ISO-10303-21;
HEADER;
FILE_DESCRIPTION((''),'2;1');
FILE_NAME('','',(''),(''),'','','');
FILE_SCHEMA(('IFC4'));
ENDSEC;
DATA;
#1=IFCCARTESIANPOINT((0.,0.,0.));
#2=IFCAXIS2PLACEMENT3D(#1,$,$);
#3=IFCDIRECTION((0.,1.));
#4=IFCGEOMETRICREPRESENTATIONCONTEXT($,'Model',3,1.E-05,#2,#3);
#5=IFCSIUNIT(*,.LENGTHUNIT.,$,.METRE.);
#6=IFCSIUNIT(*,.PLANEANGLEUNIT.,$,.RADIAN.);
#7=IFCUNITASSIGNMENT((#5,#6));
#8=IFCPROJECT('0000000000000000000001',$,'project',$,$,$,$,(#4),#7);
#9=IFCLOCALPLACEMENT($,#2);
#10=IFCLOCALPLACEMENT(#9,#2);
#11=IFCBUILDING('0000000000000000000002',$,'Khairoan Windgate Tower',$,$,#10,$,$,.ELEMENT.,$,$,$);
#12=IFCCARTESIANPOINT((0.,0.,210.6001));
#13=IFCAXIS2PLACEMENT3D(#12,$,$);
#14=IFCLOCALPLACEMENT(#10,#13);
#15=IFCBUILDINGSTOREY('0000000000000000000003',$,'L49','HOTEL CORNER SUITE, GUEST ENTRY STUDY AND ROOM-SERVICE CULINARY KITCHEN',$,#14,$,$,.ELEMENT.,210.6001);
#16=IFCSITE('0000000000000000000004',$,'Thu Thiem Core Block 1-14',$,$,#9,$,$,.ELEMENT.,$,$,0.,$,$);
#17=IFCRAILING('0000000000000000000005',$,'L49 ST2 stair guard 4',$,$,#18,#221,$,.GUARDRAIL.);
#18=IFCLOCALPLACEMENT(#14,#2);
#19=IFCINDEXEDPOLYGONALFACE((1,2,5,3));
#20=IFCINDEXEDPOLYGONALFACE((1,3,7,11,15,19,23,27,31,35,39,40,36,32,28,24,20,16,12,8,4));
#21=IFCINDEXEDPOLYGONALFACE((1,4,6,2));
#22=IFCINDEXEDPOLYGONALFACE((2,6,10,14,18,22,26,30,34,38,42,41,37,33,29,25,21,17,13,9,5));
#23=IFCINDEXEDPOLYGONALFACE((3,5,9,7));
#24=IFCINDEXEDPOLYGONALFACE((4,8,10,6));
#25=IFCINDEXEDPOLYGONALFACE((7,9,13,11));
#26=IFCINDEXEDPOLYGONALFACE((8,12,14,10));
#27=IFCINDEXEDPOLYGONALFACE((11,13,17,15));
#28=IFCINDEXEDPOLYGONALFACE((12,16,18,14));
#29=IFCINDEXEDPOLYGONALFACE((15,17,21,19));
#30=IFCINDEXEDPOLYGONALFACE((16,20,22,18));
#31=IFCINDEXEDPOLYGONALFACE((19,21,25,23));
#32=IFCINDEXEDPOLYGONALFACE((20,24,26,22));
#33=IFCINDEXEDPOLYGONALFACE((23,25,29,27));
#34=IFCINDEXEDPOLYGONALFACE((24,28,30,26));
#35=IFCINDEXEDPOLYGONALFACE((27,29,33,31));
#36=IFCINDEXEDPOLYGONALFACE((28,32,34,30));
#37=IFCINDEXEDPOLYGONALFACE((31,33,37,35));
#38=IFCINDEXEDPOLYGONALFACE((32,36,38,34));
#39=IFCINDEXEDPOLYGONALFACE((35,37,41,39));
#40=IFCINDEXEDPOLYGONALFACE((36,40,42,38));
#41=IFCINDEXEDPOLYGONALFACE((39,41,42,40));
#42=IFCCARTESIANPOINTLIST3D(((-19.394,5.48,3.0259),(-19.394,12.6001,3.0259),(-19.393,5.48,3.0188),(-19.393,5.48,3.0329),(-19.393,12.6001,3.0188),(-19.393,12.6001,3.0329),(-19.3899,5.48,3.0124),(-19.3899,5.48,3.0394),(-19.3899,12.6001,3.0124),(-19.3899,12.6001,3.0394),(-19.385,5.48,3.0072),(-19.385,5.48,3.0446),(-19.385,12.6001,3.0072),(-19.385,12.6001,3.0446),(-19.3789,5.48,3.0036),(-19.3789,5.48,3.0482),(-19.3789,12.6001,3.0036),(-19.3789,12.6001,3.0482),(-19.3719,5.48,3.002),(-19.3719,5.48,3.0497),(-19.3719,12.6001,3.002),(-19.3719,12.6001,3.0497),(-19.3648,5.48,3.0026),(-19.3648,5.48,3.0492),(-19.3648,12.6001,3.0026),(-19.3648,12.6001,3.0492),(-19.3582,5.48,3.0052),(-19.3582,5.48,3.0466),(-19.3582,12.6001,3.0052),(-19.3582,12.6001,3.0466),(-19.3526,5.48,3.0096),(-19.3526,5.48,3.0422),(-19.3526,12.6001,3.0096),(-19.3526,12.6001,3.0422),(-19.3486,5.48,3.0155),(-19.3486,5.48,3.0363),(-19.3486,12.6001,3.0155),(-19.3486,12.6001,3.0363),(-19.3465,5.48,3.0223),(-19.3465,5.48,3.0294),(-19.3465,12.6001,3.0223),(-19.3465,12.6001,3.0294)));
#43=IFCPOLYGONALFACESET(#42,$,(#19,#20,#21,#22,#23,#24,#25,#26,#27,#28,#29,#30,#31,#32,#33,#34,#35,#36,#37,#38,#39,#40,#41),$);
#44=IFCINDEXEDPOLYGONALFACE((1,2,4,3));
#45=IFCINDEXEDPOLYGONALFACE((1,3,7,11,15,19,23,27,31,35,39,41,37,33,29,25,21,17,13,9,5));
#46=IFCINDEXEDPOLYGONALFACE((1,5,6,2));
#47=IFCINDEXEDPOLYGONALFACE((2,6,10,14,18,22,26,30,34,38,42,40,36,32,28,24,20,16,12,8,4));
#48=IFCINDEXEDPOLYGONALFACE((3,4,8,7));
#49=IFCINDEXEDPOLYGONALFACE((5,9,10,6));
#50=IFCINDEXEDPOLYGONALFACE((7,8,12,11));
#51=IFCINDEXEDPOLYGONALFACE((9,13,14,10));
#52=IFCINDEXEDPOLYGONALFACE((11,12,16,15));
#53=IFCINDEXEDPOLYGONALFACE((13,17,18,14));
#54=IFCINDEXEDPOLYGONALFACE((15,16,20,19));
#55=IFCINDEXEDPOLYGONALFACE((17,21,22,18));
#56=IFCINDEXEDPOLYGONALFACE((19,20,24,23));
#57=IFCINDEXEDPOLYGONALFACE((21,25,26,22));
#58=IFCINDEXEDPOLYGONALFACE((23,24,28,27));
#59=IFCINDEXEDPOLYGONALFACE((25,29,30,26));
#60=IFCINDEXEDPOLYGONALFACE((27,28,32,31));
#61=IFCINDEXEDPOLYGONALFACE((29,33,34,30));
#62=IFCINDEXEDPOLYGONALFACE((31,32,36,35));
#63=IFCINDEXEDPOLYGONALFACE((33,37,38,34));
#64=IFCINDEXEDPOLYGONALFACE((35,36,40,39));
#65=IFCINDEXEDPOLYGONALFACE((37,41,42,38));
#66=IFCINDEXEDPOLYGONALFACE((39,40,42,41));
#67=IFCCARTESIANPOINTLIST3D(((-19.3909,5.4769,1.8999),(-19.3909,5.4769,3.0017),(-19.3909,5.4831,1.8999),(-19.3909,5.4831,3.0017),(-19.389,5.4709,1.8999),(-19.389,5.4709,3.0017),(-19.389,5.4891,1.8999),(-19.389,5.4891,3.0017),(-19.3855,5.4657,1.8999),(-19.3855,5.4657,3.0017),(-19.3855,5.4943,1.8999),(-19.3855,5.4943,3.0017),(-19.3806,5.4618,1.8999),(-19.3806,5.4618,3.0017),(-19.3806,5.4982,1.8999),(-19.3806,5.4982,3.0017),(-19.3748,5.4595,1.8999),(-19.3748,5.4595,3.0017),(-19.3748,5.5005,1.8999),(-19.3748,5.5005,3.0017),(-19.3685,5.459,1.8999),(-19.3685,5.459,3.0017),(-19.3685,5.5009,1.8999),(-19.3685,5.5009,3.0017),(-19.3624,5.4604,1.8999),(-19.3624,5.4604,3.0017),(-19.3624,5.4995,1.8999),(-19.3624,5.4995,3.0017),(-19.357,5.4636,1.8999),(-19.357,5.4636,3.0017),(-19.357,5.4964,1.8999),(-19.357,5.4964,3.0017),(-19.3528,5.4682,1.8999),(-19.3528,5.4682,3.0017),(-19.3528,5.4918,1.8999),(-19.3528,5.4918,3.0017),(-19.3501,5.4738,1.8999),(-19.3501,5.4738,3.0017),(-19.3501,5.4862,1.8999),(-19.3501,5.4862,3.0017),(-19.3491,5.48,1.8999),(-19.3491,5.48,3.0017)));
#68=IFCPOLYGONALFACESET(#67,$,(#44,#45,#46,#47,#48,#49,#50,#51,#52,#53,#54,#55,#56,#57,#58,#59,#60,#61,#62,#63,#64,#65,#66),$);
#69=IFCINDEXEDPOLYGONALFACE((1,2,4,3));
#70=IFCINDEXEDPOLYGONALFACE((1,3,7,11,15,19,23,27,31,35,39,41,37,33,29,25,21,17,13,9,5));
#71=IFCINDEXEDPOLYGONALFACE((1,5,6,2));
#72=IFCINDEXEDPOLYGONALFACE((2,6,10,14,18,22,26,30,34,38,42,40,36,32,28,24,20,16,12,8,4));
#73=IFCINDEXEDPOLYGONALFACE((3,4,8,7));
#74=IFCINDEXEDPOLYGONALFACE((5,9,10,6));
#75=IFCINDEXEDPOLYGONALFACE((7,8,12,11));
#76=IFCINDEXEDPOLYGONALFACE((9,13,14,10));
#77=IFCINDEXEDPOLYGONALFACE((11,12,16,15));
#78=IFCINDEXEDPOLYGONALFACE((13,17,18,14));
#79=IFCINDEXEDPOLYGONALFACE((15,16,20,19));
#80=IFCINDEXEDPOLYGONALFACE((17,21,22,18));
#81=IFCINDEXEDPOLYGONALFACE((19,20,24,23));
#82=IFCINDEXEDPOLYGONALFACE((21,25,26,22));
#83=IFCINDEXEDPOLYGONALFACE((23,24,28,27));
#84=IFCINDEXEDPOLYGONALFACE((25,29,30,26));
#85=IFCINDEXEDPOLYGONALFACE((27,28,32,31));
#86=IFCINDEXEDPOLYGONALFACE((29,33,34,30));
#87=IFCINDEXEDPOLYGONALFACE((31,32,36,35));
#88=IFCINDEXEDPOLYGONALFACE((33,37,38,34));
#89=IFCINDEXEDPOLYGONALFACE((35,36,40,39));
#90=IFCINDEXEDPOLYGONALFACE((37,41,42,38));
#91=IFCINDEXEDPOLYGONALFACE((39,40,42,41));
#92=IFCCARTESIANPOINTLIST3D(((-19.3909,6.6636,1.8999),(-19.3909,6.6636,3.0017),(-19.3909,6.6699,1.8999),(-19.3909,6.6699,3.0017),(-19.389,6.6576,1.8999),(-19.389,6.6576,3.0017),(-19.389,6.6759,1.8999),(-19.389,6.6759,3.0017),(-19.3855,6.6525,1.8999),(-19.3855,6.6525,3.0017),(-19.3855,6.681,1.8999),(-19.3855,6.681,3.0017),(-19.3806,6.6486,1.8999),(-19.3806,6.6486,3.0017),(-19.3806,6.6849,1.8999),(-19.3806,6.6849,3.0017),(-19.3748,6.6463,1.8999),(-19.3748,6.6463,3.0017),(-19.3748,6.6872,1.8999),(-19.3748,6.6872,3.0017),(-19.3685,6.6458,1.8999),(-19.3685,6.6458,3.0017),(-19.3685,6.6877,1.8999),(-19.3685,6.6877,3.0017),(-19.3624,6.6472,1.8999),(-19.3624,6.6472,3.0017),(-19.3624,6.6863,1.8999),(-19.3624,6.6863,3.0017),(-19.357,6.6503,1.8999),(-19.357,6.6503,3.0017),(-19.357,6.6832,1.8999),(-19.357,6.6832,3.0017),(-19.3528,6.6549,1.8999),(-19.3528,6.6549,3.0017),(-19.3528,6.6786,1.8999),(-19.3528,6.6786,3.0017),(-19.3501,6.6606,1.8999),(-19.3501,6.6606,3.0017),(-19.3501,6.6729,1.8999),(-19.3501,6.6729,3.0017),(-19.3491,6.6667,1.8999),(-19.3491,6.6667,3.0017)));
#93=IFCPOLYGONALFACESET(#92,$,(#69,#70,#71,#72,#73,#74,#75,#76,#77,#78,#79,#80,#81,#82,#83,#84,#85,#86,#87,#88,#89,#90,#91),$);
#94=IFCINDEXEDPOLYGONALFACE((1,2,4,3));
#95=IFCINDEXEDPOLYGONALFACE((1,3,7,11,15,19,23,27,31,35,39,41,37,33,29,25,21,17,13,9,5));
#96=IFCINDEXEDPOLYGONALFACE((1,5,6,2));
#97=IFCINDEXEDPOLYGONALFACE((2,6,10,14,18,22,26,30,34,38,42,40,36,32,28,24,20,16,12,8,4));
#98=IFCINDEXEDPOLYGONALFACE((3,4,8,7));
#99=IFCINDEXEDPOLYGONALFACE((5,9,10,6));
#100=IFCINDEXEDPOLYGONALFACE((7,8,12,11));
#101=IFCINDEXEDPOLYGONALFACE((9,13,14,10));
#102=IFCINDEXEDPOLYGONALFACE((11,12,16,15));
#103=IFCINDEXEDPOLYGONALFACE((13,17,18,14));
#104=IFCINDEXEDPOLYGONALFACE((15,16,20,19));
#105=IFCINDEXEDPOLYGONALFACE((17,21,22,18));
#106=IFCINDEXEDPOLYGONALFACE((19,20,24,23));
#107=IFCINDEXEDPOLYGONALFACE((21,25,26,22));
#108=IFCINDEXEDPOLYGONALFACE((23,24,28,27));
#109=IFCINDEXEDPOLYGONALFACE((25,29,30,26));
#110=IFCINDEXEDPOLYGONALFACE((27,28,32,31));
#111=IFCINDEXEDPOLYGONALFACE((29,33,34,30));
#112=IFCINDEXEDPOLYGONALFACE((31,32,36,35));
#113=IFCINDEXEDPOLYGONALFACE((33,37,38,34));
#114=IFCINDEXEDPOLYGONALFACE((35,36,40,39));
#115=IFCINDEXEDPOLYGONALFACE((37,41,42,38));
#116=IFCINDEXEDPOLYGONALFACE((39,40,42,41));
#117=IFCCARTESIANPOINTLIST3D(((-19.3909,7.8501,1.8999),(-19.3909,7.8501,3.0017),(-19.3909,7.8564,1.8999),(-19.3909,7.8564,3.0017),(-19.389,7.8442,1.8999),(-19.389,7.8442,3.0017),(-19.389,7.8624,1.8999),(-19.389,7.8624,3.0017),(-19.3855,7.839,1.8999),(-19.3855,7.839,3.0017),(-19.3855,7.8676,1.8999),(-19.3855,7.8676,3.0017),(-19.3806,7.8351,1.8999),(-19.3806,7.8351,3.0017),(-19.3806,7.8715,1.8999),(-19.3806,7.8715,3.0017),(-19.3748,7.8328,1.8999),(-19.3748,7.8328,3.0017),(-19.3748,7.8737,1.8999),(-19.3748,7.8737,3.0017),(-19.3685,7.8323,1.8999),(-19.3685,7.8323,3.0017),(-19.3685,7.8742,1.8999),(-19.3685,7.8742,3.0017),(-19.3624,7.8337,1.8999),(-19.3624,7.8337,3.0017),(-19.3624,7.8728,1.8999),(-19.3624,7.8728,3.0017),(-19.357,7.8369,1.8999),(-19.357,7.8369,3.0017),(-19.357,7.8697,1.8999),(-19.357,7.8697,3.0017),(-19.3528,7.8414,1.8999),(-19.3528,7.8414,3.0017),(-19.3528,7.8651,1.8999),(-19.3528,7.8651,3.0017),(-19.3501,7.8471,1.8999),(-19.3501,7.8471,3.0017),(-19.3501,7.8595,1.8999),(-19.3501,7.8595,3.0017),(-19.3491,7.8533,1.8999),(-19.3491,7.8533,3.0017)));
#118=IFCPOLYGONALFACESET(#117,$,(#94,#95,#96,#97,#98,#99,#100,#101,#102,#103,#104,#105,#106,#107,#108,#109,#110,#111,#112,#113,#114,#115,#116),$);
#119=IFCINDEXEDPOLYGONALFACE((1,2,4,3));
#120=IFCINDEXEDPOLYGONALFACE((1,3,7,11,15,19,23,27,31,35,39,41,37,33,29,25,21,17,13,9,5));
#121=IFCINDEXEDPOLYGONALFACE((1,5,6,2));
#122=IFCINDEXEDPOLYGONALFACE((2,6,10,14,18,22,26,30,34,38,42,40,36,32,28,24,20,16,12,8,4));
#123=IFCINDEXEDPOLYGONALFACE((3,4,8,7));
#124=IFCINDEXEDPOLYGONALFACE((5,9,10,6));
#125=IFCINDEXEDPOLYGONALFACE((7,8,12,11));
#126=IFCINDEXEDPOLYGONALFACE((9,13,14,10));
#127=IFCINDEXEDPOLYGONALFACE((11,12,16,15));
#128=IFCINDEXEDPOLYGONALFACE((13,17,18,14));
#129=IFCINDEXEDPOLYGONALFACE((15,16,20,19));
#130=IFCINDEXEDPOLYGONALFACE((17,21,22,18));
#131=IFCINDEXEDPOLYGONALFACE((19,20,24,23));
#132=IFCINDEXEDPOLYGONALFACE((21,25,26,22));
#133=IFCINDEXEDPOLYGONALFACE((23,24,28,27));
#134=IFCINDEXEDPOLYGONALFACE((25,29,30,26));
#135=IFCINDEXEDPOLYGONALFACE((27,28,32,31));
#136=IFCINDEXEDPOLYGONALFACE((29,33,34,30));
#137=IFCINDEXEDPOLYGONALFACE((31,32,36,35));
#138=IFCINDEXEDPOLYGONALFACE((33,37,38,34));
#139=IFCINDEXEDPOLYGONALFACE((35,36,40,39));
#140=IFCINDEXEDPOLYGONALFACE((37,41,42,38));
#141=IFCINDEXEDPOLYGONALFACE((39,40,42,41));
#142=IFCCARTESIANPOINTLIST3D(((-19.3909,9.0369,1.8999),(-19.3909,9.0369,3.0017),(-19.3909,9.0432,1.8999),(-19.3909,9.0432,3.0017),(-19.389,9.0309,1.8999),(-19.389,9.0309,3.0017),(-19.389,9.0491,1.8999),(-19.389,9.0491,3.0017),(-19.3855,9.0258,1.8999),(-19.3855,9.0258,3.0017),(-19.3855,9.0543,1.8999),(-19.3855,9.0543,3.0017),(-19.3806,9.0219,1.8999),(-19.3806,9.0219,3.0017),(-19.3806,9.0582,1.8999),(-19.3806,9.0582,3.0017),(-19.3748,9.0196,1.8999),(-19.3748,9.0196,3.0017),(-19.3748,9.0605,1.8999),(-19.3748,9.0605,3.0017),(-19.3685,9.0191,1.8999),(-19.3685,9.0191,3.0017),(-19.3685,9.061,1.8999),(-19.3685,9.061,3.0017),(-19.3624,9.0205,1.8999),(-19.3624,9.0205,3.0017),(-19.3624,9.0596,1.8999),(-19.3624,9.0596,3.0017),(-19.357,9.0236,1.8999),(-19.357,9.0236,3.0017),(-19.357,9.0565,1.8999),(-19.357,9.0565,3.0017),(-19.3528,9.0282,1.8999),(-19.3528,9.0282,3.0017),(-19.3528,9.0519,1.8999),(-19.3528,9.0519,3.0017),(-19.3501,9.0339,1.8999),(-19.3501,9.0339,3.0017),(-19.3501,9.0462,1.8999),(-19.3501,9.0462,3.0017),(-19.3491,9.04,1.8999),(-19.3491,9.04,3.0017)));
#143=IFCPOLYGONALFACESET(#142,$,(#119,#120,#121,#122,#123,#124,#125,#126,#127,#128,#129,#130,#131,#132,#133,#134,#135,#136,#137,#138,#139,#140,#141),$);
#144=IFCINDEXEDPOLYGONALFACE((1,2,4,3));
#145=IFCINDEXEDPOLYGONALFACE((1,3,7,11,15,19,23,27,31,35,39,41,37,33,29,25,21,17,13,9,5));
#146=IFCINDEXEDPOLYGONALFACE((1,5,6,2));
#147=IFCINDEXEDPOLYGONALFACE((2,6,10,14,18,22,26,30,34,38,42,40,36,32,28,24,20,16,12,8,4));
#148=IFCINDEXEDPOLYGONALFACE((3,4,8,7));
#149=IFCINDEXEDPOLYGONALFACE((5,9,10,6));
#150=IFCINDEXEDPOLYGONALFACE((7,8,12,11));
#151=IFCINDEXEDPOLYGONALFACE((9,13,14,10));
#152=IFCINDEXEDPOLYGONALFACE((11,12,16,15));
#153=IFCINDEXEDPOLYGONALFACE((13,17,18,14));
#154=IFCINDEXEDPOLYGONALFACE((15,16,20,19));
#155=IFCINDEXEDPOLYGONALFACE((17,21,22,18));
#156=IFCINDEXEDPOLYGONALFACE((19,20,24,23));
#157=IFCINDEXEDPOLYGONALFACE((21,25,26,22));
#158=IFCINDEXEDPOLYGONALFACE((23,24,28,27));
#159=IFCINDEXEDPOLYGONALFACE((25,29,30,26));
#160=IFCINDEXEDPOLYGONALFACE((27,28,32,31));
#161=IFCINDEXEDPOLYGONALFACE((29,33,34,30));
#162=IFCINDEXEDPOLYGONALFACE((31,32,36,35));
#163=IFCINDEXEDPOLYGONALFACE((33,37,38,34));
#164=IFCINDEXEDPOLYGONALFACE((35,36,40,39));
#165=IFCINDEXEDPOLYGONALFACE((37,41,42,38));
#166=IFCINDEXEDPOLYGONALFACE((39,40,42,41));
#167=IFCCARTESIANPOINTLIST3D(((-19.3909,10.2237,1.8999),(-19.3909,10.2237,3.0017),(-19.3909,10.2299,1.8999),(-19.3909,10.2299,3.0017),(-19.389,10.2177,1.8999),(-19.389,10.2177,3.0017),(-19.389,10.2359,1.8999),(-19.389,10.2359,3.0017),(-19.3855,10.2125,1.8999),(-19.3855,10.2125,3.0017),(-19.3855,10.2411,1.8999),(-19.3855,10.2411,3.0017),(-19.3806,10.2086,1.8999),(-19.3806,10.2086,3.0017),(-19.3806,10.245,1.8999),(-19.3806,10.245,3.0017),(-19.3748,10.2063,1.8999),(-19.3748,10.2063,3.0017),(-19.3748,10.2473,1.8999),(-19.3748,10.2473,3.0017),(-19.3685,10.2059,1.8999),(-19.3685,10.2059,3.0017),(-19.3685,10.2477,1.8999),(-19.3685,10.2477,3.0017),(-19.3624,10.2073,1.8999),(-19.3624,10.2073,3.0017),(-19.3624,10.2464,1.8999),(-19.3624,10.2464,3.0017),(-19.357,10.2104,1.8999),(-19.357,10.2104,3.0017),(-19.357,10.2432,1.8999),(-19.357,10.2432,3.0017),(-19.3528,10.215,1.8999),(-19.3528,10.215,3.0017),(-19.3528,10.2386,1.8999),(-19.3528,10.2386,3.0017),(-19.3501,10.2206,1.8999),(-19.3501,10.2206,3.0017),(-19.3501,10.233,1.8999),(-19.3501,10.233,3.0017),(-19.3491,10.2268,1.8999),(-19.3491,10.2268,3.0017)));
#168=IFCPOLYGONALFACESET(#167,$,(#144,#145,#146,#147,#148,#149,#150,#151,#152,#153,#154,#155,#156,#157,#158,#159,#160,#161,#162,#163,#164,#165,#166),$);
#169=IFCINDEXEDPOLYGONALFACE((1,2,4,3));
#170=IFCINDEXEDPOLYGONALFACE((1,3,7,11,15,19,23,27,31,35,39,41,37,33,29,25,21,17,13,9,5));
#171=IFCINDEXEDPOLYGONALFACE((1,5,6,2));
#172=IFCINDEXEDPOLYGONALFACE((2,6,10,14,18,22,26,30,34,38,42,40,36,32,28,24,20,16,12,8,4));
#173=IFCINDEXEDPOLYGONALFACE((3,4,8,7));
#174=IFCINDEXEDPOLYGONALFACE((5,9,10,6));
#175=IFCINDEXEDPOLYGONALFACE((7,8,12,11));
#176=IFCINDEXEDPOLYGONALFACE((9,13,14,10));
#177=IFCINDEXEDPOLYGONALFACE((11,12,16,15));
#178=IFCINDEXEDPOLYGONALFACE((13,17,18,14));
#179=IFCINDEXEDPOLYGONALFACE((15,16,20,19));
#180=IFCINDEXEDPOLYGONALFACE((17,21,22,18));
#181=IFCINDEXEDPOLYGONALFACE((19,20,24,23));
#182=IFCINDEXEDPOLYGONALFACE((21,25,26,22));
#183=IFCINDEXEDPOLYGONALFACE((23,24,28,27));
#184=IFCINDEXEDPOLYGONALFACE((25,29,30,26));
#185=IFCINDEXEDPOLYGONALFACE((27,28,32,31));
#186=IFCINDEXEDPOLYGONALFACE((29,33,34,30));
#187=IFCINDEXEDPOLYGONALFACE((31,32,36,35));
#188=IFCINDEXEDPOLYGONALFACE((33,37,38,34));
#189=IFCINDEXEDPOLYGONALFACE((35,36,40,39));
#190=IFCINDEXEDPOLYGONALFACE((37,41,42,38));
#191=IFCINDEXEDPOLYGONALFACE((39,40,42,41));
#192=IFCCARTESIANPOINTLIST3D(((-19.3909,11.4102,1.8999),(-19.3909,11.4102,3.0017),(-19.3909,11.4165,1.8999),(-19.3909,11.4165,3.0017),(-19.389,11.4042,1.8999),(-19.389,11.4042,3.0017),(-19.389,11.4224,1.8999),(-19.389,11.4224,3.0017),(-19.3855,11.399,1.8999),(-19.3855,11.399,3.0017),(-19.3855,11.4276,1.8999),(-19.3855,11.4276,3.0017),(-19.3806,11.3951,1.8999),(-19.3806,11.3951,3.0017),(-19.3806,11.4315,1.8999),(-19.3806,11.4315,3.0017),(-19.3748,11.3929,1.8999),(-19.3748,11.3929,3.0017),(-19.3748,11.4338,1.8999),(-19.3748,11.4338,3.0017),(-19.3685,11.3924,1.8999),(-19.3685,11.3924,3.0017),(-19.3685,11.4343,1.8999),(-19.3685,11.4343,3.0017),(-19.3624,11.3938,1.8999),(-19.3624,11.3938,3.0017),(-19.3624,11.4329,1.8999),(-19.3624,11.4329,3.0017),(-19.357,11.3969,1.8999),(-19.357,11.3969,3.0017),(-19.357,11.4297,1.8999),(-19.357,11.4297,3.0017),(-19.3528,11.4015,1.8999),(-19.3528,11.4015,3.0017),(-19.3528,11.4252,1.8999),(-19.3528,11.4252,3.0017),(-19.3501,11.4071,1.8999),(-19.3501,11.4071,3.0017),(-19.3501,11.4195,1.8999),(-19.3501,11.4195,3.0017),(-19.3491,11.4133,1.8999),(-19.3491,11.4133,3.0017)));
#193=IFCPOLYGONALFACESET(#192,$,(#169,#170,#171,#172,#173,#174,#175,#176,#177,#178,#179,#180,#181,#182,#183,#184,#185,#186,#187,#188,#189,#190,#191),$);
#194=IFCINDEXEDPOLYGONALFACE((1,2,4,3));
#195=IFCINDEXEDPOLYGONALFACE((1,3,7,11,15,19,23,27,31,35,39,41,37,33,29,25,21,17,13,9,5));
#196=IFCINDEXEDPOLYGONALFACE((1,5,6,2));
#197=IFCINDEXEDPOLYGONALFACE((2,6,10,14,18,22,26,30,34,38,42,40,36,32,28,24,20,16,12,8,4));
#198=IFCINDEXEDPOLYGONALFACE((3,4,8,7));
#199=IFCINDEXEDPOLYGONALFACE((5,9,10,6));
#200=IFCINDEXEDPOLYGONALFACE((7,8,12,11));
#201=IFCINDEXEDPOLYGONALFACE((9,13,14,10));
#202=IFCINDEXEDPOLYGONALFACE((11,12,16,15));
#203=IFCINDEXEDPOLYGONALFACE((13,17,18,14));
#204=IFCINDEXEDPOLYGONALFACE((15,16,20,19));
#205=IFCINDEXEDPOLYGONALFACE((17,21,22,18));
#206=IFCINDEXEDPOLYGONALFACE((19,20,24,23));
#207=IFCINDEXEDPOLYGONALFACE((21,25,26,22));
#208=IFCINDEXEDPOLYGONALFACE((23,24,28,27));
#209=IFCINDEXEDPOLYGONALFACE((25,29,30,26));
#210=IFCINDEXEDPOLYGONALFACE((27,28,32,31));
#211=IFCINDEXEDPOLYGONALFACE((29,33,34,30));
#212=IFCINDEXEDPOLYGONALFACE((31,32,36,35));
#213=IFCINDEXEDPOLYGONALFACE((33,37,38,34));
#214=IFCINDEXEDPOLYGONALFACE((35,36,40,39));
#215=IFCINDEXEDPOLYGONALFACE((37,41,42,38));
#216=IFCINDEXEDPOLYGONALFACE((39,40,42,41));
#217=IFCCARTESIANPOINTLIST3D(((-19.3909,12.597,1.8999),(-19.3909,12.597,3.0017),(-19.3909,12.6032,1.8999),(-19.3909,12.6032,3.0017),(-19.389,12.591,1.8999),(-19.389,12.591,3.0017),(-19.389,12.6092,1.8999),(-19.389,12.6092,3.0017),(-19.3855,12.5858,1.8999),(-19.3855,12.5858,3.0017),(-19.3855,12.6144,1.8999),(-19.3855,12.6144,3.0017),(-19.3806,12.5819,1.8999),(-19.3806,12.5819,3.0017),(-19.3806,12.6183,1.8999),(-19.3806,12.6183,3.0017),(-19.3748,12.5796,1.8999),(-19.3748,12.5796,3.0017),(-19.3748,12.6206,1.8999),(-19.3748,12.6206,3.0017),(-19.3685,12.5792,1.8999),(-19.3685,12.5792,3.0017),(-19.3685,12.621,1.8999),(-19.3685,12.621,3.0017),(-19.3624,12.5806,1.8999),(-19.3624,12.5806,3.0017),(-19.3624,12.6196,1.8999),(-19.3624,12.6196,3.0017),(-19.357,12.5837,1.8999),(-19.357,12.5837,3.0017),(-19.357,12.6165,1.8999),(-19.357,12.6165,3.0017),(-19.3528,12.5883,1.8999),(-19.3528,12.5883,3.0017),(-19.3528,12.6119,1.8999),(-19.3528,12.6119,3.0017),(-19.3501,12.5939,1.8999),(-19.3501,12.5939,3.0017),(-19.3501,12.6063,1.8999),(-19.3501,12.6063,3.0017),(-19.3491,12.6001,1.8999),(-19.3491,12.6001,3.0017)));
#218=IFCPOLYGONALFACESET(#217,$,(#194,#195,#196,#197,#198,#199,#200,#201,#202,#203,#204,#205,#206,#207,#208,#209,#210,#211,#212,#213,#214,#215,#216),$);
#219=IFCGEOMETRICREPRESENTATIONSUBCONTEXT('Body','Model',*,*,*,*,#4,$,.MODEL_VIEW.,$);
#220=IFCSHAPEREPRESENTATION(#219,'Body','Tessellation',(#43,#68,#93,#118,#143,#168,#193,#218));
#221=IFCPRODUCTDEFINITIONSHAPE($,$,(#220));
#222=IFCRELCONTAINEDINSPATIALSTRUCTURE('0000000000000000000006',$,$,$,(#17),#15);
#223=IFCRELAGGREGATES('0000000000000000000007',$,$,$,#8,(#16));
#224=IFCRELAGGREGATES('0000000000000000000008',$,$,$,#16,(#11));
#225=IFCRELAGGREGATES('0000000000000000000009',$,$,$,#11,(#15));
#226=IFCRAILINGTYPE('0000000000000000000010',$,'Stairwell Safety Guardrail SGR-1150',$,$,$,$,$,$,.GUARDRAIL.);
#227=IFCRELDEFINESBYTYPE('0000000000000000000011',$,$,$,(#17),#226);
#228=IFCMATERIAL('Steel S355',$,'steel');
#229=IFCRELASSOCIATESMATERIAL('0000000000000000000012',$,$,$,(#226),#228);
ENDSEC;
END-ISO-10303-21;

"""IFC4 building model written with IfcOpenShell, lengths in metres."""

from ifc_helpers import new_model, si_unit, direction, frame, origin, origin_2d, place, context, subcontext, project, spatial, circle, extrude, material, type_object, element, save


model = new_model("IFC4")

# Units and contexts
model_context = context("Model", 3, precision=1e-05, world=origin(), true_north=direction((0.0, 1.0)))
body_context = subcontext(model_context, "Body", "Model", "MODEL_VIEW")
ifc_project = project(units=[si_unit("LENGTHUNIT", "METRE"), si_unit("PLANEANGLEUNIT", "RADIAN")], contexts=[model_context])

# Site, building, storey
site_placement = place(None, origin())
site = spatial("IfcSite", under=ifc_project, at=site_placement, Name="Thu Thiem Core Block 1-14", CompositionType="ELEMENT", RefElevation=0.0)
building_placement = place(site_placement, origin())
building = spatial("IfcBuilding", under=site, at=building_placement, Name="Khairoan Windgate Tower", CompositionType="ELEMENT")
storey_placement = place(building_placement, frame((0.0, 0.0, 210.6001)))
storey = spatial("IfcBuildingStorey", under=building, at=storey_placement, Name="L49", Description="HOTEL CORNER SUITE, GUEST ENTRY STUDY AND ROOM-SERVICE CULINARY KITCHEN", CompositionType="ELEMENT", Elevation=210.6001)

# Railing
ifc_material_1 = material(Name="Steel S355", Category="steel")
railing_type_1 = type_object("IfcRailingType", Name="Stairwell Safety Guardrail SGR-1150", PredefinedType="GUARDRAIL", material=ifc_material_1)
railing_1_placement = place(storey_placement, frame((-19.3701, 5.48, 1.8999)))
element("IfcRailing", 1, at=railing_1_placement, inside=storey, type_object=railing_type_1, Name="L49 ST2 stair guard 4", PredefinedType="GUARDRAIL", context=body_context, shape_type="SweptSolid", body=[
    extrude(circle(Radius=0.0239, at=origin_2d()), frame((0.0, 0.0, 1.126), z_axis=(0.0, 1.0, 0.0), x_axis=(-1.0, 0.0, 0.0)), (0.0, 0.0, 1.0), 7.1201),
    extrude(circle(Radius=0.021, at=origin_2d()), origin(), (0.0, 0.0, 1.0), 1.1018),
    extrude(circle(Radius=0.021, at=origin_2d()), frame((0.0, 1.1868, 0.0)), (0.0, 0.0, 1.0), 1.1018),
    extrude(circle(Radius=0.021, at=origin_2d()), frame((0.0, 2.3733, 0.0)), (0.0, 0.0, 1.0), 1.1018),
    extrude(circle(Radius=0.021, at=origin_2d()), frame((0.0, 3.5601, 0.0)), (0.0, 0.0, 1.0), 1.1018),
    extrude(circle(Radius=0.021, at=origin_2d()), frame((0.0, 4.7468, 0.0)), (0.0, 0.0, 1.0), 1.1018),
    extrude(circle(Radius=0.021, at=origin_2d()), frame((0.0, 5.9333, 0.0)), (0.0, 0.0, 1.0), 1.1018),
    extrude(circle(Radius=0.021, at=origin_2d()), frame((0.0, 7.1201, 0.0)), (0.0, 0.0, 1.0), 1.1018),
])

save(model, "model.ifc")
